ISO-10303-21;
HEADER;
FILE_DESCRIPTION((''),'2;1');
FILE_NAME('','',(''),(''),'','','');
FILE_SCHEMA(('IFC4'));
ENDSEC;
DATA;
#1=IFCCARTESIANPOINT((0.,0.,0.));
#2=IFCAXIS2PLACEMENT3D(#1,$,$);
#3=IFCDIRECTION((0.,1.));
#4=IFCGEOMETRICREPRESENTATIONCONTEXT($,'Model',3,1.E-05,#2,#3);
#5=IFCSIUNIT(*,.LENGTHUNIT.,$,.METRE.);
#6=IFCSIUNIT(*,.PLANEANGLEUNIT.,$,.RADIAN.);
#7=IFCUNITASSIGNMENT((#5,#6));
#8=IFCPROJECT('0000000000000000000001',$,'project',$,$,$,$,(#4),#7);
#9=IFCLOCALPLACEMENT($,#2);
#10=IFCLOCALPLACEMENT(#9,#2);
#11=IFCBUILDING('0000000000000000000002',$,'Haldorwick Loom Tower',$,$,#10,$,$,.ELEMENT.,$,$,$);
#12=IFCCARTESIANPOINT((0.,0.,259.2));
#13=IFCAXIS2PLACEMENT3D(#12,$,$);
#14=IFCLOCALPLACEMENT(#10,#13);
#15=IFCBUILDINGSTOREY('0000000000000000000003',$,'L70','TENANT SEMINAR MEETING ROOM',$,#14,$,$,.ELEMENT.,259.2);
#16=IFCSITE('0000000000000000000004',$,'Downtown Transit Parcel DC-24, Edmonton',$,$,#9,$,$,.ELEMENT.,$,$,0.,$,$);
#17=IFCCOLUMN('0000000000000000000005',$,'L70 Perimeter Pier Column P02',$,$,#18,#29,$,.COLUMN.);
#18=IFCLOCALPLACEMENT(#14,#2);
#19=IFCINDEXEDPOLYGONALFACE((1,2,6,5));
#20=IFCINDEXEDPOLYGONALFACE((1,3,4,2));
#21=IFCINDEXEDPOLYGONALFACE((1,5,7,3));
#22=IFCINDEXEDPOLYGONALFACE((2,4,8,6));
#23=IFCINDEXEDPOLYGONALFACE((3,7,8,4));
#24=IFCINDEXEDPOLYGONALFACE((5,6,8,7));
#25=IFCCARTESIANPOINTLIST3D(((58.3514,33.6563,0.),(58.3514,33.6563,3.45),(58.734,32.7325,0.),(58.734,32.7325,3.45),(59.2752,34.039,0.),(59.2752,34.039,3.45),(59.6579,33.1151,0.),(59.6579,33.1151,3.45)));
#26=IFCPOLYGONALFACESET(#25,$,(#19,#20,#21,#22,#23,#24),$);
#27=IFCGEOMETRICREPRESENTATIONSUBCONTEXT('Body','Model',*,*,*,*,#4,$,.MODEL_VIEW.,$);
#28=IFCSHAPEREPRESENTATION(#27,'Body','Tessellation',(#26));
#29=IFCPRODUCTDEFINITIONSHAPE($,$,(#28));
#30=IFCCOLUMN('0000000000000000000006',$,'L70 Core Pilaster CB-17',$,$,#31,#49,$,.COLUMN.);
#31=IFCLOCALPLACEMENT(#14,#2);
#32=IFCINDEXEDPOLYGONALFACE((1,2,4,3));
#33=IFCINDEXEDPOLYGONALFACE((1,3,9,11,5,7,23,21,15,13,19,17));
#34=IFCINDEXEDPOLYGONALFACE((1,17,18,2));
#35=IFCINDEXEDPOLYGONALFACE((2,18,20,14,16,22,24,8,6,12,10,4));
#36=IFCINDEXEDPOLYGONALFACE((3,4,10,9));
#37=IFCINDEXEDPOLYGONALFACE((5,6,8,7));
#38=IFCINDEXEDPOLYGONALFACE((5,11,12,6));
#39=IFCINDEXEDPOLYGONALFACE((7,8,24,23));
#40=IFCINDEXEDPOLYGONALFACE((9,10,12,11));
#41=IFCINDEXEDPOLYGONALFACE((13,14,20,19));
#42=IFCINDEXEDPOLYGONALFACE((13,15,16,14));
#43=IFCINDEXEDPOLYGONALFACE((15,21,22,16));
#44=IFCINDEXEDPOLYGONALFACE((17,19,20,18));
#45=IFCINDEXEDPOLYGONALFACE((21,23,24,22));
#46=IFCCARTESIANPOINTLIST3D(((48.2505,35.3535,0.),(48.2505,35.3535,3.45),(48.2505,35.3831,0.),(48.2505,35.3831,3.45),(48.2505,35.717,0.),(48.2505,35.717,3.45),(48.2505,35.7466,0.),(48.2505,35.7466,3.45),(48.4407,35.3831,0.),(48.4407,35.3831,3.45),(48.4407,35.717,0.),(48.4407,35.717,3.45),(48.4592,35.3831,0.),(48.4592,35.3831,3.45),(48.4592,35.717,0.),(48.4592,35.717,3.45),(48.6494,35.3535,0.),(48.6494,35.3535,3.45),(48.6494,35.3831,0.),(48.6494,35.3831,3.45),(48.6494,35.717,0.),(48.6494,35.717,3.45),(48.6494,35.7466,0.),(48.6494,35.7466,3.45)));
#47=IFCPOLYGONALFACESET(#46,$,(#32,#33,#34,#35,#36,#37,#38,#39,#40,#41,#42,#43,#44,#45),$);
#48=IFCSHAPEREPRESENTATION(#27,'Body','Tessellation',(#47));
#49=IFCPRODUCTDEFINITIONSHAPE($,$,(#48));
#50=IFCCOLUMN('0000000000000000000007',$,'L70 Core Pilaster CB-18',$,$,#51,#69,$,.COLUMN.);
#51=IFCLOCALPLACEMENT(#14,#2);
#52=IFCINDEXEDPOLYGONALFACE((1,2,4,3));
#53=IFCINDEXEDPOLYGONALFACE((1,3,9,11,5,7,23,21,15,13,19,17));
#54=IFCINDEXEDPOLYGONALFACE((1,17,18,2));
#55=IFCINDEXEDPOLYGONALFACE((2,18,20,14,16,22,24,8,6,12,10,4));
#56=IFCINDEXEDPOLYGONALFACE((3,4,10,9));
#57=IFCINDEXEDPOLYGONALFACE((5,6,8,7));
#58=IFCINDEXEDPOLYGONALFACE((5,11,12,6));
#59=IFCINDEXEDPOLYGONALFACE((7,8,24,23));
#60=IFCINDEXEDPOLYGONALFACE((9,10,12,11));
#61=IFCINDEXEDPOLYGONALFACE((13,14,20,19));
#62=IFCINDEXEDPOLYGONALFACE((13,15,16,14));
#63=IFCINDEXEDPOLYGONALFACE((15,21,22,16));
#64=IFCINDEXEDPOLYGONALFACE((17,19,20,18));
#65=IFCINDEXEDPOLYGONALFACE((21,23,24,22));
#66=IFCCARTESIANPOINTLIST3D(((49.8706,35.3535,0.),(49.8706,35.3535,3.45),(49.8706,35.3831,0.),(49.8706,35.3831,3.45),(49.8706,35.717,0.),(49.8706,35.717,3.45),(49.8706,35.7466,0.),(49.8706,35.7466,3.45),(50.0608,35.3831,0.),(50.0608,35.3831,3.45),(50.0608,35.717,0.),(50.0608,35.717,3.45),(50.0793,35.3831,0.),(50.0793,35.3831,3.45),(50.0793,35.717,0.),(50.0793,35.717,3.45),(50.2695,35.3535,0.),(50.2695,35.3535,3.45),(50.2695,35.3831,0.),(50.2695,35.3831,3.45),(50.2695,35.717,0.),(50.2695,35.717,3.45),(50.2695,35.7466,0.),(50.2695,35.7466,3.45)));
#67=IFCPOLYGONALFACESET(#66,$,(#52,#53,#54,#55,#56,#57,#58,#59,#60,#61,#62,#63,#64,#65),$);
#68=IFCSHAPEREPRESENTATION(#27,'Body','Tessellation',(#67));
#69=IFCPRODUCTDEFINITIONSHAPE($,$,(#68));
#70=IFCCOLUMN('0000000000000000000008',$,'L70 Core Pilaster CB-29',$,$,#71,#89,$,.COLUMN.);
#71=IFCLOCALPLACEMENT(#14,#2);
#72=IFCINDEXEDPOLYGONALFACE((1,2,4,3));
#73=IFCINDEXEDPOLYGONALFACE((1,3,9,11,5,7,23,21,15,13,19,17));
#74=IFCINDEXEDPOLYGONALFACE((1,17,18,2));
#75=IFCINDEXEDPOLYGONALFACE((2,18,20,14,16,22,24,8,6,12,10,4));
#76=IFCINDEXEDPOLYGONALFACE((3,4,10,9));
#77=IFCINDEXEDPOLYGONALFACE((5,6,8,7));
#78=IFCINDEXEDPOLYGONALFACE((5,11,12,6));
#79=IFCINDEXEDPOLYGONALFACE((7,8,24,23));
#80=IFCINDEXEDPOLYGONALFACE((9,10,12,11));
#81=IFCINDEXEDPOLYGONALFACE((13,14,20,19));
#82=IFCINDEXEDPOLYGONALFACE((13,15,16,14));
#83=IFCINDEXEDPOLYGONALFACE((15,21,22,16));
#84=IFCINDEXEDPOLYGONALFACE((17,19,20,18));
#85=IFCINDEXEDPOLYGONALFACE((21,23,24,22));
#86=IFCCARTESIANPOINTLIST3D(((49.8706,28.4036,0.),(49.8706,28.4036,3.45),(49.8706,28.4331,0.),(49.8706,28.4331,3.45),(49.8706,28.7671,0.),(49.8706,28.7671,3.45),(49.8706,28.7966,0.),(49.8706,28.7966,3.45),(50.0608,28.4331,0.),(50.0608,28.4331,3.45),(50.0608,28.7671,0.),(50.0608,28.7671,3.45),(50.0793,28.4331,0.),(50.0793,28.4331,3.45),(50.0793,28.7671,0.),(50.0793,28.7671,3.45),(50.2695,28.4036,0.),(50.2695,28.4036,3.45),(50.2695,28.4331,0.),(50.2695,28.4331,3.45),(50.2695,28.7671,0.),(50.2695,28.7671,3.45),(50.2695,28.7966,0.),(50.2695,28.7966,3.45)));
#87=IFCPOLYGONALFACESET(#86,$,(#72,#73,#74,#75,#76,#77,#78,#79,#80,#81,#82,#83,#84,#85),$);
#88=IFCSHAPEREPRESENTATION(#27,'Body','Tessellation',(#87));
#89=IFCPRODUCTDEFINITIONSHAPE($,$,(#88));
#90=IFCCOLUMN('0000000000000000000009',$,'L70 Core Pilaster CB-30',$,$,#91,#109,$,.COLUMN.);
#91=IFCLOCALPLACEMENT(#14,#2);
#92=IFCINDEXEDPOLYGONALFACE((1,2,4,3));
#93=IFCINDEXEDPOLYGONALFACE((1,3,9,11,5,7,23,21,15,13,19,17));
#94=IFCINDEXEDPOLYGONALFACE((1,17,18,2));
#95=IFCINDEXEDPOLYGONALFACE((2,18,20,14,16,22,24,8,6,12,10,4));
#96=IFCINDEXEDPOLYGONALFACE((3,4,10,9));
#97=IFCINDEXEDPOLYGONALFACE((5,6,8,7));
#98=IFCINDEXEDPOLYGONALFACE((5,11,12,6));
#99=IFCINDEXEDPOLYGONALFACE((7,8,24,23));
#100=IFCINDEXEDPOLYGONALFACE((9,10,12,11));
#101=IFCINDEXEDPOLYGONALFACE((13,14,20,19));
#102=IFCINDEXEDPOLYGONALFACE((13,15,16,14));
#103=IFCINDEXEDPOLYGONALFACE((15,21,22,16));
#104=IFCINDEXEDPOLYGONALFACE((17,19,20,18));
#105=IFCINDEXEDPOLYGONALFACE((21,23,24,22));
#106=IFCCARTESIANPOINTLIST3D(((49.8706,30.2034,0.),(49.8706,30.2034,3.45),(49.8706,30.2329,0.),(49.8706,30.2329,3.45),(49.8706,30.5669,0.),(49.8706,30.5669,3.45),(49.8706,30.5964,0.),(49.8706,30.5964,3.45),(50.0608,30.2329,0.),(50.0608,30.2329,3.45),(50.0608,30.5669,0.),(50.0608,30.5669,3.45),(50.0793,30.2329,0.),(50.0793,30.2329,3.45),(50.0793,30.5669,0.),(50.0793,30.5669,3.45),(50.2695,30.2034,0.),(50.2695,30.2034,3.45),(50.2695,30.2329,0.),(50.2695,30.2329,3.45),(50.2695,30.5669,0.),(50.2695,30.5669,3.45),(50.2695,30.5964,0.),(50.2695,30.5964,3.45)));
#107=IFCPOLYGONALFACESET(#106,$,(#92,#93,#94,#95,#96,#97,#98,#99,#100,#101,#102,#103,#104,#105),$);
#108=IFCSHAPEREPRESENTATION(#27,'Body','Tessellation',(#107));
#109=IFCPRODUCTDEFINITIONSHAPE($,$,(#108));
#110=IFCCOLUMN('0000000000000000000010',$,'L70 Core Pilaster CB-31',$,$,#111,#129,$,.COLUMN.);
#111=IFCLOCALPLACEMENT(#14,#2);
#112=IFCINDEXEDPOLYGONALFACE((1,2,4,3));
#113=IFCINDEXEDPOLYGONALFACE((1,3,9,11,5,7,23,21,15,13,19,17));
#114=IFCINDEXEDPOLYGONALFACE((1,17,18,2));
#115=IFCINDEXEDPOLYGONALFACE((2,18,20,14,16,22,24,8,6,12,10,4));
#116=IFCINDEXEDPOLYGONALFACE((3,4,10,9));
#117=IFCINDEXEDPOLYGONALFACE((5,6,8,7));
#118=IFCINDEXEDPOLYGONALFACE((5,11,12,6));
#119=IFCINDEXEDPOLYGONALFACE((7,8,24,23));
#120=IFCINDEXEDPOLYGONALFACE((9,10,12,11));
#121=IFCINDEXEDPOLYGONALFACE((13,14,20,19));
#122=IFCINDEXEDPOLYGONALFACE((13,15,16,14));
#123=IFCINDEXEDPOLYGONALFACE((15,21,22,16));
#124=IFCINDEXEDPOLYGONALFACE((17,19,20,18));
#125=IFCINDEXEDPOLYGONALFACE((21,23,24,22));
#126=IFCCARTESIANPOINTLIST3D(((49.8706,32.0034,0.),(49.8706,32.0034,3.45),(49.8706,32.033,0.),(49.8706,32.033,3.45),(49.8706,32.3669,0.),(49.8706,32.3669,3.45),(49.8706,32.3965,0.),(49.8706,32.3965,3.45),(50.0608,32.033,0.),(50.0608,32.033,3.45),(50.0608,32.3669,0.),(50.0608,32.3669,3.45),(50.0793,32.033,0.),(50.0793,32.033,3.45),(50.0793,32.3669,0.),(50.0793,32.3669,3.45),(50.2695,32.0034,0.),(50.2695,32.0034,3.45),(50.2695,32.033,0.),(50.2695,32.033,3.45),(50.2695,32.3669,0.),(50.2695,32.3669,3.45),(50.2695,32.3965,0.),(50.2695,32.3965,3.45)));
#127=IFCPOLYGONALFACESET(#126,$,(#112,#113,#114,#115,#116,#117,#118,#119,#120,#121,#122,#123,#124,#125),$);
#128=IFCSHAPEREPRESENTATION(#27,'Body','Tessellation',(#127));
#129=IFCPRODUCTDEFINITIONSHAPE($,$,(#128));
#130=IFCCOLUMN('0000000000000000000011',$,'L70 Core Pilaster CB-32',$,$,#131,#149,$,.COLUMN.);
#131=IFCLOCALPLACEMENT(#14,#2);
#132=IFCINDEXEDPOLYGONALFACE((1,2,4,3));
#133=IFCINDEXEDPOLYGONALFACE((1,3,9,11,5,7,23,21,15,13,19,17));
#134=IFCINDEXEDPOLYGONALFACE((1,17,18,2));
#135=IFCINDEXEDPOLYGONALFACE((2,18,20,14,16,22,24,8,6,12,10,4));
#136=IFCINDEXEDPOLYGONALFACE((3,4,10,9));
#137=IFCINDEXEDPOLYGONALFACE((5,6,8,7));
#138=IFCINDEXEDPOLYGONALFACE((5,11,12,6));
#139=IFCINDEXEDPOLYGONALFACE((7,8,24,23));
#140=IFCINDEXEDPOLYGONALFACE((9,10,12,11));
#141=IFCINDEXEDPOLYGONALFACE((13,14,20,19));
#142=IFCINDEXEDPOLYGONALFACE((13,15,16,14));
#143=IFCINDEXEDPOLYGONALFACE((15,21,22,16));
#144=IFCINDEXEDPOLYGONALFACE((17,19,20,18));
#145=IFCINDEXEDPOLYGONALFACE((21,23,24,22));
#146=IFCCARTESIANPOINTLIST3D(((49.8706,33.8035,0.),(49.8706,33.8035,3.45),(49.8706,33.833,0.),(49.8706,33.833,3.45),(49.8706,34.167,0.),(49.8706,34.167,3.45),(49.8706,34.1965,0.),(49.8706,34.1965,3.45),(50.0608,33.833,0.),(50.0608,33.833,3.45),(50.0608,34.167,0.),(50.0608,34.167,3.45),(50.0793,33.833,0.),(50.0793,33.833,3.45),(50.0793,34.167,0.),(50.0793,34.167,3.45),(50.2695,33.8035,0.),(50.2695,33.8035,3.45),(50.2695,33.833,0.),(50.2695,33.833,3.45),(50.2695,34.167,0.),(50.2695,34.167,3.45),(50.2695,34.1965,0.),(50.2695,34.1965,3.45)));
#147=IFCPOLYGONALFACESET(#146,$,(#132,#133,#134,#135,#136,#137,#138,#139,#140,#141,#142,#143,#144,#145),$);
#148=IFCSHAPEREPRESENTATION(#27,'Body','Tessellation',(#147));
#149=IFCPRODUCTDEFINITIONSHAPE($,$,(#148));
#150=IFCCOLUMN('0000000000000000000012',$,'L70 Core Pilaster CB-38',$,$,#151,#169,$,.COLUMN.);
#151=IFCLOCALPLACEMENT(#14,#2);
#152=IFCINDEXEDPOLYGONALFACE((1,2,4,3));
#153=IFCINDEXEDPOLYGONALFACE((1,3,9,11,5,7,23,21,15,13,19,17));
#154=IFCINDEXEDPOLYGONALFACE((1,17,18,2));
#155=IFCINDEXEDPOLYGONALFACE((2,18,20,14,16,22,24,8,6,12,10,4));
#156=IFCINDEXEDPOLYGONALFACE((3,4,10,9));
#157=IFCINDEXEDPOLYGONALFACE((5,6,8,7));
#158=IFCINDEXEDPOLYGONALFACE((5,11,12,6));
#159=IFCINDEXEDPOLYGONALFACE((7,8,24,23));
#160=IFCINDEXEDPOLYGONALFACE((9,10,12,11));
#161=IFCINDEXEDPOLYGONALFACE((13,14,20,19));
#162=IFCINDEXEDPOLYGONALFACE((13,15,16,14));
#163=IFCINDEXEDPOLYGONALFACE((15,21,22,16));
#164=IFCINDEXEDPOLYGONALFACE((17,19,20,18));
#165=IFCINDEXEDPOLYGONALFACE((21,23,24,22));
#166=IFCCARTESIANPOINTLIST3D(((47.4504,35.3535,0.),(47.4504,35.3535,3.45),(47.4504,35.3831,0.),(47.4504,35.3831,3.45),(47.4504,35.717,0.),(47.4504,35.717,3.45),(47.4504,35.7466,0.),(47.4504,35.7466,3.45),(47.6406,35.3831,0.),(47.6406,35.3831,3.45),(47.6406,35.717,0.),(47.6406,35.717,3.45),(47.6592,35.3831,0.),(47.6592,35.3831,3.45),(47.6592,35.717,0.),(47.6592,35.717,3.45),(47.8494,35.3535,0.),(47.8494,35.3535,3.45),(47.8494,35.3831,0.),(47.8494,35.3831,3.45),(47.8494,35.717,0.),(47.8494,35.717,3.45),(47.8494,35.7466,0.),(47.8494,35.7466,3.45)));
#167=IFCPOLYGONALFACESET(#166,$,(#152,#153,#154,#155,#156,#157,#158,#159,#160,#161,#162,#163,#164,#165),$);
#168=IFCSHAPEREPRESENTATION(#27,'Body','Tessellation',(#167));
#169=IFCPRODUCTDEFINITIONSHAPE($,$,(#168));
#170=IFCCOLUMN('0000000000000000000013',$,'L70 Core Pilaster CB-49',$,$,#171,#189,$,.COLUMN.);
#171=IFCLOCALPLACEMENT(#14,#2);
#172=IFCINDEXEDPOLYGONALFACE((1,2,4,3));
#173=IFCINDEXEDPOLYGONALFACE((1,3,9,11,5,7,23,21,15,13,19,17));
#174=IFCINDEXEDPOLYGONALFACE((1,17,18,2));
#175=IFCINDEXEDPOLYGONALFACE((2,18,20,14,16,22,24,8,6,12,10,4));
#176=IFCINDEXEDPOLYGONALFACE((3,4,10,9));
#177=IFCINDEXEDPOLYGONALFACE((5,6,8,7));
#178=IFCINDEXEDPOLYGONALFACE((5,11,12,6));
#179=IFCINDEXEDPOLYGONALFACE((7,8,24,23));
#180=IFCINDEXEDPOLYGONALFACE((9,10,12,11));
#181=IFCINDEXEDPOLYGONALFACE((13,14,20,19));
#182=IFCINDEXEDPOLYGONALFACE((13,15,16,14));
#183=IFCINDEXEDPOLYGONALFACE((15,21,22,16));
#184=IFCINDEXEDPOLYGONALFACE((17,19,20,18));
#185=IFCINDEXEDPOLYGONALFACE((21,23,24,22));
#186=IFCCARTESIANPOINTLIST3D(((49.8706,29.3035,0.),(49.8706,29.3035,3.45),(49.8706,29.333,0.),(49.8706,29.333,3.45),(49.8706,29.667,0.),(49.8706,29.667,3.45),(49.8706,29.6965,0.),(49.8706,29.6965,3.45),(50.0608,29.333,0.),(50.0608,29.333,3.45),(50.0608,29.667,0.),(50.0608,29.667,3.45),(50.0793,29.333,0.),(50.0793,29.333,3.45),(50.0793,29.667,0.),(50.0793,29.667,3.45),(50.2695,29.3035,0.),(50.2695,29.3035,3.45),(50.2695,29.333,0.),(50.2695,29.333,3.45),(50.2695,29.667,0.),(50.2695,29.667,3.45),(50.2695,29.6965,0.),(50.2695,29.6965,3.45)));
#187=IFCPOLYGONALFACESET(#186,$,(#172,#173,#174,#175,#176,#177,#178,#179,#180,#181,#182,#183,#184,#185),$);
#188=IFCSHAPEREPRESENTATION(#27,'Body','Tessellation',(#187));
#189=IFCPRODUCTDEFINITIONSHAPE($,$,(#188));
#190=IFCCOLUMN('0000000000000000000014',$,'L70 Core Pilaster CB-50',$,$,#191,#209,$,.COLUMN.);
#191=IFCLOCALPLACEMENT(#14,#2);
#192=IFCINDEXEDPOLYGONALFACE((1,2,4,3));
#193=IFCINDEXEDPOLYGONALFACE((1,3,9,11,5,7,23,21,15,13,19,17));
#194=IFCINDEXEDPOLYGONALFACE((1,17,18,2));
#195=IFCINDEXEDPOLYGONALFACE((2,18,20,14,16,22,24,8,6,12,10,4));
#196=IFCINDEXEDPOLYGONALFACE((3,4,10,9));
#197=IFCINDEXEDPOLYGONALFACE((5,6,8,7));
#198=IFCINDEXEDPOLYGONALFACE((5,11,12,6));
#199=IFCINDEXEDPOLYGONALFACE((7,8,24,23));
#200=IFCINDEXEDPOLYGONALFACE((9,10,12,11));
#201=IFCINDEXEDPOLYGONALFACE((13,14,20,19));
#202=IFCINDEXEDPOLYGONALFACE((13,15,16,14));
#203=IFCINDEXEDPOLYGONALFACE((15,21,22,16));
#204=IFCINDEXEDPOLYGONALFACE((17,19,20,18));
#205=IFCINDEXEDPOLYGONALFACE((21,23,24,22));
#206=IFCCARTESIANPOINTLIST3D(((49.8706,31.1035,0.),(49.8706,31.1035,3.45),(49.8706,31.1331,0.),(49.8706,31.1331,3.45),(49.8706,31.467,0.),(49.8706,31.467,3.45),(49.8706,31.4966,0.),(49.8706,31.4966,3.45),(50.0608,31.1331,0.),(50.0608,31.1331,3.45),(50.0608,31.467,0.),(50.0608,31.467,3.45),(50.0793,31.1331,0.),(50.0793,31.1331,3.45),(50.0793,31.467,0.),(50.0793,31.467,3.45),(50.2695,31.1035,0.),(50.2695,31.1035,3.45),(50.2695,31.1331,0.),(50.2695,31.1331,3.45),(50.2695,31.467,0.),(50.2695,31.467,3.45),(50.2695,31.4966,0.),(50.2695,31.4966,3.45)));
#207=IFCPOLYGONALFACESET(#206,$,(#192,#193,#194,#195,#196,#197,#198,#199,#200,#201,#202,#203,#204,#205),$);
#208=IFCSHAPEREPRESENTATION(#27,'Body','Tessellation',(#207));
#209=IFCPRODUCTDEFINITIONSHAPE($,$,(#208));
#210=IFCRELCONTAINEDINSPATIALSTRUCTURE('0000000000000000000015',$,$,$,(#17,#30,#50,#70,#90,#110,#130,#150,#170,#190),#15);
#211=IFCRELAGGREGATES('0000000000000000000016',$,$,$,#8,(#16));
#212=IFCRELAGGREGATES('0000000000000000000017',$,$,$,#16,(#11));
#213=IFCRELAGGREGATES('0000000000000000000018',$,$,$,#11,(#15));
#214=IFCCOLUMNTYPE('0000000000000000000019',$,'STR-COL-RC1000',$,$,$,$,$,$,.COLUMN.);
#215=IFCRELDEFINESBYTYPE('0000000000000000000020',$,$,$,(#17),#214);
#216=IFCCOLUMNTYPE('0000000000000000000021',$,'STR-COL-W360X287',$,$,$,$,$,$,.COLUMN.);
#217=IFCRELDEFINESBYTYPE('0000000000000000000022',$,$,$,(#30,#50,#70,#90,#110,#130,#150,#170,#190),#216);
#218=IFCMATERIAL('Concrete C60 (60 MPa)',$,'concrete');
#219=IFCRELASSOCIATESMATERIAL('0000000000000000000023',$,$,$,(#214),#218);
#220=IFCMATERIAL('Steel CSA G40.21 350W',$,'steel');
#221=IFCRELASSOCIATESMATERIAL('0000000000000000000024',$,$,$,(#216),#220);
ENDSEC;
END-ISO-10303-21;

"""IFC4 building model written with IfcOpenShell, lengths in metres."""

from ifc_helpers import new_model, si_unit, direction, frame, origin, origin_2d, place, context, subcontext, project, spatial, rectangle, i_section, extrude, material, material_profile, profile_set, type_object, element, save


model = new_model("IFC4")

# Units and contexts
model_context = context("Model", 3, precision=1e-05, world=origin(), true_north=direction((0.0, 1.0)))
body_context = subcontext(model_context, "Body", "Model", "MODEL_VIEW")
ifc_project = project(units=[si_unit("LENGTHUNIT", "METRE"), si_unit("PLANEANGLEUNIT", "RADIAN")], contexts=[model_context])

# Site, building, storey
site_placement = place(None, origin())
site = spatial("IfcSite", under=ifc_project, at=site_placement, Name="Downtown Transit Parcel DC-24, Edmonton", CompositionType="ELEMENT", RefElevation=0.0)
building_placement = place(site_placement, origin())
building = spatial("IfcBuilding", under=site, at=building_placement, Name="Haldorwick Loom Tower", CompositionType="ELEMENT")
storey_placement = place(building_placement, frame((0.0, 0.0, 259.2)))
storey = spatial("IfcBuildingStorey", under=building, at=storey_placement, Name="L70", Description="TENANT SEMINAR MEETING ROOM", CompositionType="ELEMENT", Elevation=259.2)

# Columns
ifc_material_1 = material(Name="Concrete C60 (60 MPa)", Category="concrete")
ifc_material_profile_1 = material_profile(ifc_material_1, rectangle(XDim=1.0, YDim=1.0, at=origin_2d()), Name="RC1000X1000", Category="concrete")
ifc_profile_set_1 = profile_set([ifc_material_profile_1], Name="Concrete C60 (60 MPa)")
column_type_1 = type_object("IfcColumnType", Name="STR-COL-RC1000", PredefinedType="COLUMN", material=ifc_profile_set_1)
column_1_placement = place(storey_placement, frame((59.0046, 33.3857, 0.0), z_axis=(0.0, 0.0, 1.0), x_axis=(0.92388, 0.382683, 0.0)))
element("IfcColumn", 1, at=column_1_placement, inside=storey, type_object=column_type_1, Name="L70 Perimeter Pier Column P02", PredefinedType="COLUMN", context=body_context, shape_type="SweptSolid", body=[
    extrude(rectangle(XDim=1.0, YDim=1.0, at=origin_2d()), origin(), (0.0, 0.0, 1.0), 3.45),
])
ifc_material_2 = material(Name="Steel CSA G40.21 350W", Category="steel")
ifc_material_profile_2 = material_profile(ifc_material_2, i_section(OverallWidth=0.3989, OverallDepth=0.3931, WebThickness=0.0186, FlangeThickness=0.0295, at=origin_2d()), Name="W360X287", Category="steel")
ifc_profile_set_2 = profile_set([ifc_material_profile_2], Name="Steel CSA G40.21 350W")
column_type_2 = type_object("IfcColumnType", Name="STR-COL-W360X287", PredefinedType="COLUMN", material=ifc_profile_set_2)
for number, where, z_axis, x_axis, name in (
    (2, (48.45, 35.55, 0.0), (0.0, 0.0, 1.0), (1.0, 0.0, 0.0), "L70 Core Pilaster CB-17"),
    (3, (50.0701, 35.55, 0.0), (0.0, 0.0, 1.0), (1.0, 0.0, 0.0), "L70 Core Pilaster CB-18"),
    (4, (50.0701, 28.6001, 0.0), (0.0, 0.0, 1.0), (1.0, 0.0, 0.0), "L70 Core Pilaster CB-29"),
    (5, (50.0701, 30.3999, 0.0), (0.0, 0.0, 1.0), (1.0, 0.0, 0.0), "L70 Core Pilaster CB-30"),
    (6, (50.0701, 32.2, 0.0), (0.0, 0.0, 1.0), (1.0, 0.0, 0.0), "L70 Core Pilaster CB-31"),
    (7, (50.0701, 34.0, 0.0), (0.0, 0.0, 1.0), (1.0, 0.0, 0.0), "L70 Core Pilaster CB-32"),
    (8, (47.6499, 35.55, 0.0), (0.0, 0.0, 1.0), (1.0, 0.0, 0.0), "L70 Core Pilaster CB-38"),
    (9, (50.0701, 29.5, 0.0), (0.0, 0.0, 1.0), (1.0, 0.0, 0.0), "L70 Core Pilaster CB-49"),
    (10, (50.0701, 31.3, 0.0), (0.0, 0.0, 1.0), (1.0, 0.0, 0.0), "L70 Core Pilaster CB-50"),
):
    element("IfcColumn", number, at=place(storey_placement, frame(where, z_axis=z_axis, x_axis=x_axis)), inside=storey, type_object=column_type_2, Name=name, PredefinedType="COLUMN", context=body_context, shape_type="SweptSolid", body=[
        extrude(i_section(OverallWidth=0.3989, OverallDepth=0.3931, WebThickness=0.0186, FlangeThickness=0.0295, at=origin_2d()), origin(), (0.0, 0.0, 1.0), 3.45),
    ])

save(model, "model.ifc")
